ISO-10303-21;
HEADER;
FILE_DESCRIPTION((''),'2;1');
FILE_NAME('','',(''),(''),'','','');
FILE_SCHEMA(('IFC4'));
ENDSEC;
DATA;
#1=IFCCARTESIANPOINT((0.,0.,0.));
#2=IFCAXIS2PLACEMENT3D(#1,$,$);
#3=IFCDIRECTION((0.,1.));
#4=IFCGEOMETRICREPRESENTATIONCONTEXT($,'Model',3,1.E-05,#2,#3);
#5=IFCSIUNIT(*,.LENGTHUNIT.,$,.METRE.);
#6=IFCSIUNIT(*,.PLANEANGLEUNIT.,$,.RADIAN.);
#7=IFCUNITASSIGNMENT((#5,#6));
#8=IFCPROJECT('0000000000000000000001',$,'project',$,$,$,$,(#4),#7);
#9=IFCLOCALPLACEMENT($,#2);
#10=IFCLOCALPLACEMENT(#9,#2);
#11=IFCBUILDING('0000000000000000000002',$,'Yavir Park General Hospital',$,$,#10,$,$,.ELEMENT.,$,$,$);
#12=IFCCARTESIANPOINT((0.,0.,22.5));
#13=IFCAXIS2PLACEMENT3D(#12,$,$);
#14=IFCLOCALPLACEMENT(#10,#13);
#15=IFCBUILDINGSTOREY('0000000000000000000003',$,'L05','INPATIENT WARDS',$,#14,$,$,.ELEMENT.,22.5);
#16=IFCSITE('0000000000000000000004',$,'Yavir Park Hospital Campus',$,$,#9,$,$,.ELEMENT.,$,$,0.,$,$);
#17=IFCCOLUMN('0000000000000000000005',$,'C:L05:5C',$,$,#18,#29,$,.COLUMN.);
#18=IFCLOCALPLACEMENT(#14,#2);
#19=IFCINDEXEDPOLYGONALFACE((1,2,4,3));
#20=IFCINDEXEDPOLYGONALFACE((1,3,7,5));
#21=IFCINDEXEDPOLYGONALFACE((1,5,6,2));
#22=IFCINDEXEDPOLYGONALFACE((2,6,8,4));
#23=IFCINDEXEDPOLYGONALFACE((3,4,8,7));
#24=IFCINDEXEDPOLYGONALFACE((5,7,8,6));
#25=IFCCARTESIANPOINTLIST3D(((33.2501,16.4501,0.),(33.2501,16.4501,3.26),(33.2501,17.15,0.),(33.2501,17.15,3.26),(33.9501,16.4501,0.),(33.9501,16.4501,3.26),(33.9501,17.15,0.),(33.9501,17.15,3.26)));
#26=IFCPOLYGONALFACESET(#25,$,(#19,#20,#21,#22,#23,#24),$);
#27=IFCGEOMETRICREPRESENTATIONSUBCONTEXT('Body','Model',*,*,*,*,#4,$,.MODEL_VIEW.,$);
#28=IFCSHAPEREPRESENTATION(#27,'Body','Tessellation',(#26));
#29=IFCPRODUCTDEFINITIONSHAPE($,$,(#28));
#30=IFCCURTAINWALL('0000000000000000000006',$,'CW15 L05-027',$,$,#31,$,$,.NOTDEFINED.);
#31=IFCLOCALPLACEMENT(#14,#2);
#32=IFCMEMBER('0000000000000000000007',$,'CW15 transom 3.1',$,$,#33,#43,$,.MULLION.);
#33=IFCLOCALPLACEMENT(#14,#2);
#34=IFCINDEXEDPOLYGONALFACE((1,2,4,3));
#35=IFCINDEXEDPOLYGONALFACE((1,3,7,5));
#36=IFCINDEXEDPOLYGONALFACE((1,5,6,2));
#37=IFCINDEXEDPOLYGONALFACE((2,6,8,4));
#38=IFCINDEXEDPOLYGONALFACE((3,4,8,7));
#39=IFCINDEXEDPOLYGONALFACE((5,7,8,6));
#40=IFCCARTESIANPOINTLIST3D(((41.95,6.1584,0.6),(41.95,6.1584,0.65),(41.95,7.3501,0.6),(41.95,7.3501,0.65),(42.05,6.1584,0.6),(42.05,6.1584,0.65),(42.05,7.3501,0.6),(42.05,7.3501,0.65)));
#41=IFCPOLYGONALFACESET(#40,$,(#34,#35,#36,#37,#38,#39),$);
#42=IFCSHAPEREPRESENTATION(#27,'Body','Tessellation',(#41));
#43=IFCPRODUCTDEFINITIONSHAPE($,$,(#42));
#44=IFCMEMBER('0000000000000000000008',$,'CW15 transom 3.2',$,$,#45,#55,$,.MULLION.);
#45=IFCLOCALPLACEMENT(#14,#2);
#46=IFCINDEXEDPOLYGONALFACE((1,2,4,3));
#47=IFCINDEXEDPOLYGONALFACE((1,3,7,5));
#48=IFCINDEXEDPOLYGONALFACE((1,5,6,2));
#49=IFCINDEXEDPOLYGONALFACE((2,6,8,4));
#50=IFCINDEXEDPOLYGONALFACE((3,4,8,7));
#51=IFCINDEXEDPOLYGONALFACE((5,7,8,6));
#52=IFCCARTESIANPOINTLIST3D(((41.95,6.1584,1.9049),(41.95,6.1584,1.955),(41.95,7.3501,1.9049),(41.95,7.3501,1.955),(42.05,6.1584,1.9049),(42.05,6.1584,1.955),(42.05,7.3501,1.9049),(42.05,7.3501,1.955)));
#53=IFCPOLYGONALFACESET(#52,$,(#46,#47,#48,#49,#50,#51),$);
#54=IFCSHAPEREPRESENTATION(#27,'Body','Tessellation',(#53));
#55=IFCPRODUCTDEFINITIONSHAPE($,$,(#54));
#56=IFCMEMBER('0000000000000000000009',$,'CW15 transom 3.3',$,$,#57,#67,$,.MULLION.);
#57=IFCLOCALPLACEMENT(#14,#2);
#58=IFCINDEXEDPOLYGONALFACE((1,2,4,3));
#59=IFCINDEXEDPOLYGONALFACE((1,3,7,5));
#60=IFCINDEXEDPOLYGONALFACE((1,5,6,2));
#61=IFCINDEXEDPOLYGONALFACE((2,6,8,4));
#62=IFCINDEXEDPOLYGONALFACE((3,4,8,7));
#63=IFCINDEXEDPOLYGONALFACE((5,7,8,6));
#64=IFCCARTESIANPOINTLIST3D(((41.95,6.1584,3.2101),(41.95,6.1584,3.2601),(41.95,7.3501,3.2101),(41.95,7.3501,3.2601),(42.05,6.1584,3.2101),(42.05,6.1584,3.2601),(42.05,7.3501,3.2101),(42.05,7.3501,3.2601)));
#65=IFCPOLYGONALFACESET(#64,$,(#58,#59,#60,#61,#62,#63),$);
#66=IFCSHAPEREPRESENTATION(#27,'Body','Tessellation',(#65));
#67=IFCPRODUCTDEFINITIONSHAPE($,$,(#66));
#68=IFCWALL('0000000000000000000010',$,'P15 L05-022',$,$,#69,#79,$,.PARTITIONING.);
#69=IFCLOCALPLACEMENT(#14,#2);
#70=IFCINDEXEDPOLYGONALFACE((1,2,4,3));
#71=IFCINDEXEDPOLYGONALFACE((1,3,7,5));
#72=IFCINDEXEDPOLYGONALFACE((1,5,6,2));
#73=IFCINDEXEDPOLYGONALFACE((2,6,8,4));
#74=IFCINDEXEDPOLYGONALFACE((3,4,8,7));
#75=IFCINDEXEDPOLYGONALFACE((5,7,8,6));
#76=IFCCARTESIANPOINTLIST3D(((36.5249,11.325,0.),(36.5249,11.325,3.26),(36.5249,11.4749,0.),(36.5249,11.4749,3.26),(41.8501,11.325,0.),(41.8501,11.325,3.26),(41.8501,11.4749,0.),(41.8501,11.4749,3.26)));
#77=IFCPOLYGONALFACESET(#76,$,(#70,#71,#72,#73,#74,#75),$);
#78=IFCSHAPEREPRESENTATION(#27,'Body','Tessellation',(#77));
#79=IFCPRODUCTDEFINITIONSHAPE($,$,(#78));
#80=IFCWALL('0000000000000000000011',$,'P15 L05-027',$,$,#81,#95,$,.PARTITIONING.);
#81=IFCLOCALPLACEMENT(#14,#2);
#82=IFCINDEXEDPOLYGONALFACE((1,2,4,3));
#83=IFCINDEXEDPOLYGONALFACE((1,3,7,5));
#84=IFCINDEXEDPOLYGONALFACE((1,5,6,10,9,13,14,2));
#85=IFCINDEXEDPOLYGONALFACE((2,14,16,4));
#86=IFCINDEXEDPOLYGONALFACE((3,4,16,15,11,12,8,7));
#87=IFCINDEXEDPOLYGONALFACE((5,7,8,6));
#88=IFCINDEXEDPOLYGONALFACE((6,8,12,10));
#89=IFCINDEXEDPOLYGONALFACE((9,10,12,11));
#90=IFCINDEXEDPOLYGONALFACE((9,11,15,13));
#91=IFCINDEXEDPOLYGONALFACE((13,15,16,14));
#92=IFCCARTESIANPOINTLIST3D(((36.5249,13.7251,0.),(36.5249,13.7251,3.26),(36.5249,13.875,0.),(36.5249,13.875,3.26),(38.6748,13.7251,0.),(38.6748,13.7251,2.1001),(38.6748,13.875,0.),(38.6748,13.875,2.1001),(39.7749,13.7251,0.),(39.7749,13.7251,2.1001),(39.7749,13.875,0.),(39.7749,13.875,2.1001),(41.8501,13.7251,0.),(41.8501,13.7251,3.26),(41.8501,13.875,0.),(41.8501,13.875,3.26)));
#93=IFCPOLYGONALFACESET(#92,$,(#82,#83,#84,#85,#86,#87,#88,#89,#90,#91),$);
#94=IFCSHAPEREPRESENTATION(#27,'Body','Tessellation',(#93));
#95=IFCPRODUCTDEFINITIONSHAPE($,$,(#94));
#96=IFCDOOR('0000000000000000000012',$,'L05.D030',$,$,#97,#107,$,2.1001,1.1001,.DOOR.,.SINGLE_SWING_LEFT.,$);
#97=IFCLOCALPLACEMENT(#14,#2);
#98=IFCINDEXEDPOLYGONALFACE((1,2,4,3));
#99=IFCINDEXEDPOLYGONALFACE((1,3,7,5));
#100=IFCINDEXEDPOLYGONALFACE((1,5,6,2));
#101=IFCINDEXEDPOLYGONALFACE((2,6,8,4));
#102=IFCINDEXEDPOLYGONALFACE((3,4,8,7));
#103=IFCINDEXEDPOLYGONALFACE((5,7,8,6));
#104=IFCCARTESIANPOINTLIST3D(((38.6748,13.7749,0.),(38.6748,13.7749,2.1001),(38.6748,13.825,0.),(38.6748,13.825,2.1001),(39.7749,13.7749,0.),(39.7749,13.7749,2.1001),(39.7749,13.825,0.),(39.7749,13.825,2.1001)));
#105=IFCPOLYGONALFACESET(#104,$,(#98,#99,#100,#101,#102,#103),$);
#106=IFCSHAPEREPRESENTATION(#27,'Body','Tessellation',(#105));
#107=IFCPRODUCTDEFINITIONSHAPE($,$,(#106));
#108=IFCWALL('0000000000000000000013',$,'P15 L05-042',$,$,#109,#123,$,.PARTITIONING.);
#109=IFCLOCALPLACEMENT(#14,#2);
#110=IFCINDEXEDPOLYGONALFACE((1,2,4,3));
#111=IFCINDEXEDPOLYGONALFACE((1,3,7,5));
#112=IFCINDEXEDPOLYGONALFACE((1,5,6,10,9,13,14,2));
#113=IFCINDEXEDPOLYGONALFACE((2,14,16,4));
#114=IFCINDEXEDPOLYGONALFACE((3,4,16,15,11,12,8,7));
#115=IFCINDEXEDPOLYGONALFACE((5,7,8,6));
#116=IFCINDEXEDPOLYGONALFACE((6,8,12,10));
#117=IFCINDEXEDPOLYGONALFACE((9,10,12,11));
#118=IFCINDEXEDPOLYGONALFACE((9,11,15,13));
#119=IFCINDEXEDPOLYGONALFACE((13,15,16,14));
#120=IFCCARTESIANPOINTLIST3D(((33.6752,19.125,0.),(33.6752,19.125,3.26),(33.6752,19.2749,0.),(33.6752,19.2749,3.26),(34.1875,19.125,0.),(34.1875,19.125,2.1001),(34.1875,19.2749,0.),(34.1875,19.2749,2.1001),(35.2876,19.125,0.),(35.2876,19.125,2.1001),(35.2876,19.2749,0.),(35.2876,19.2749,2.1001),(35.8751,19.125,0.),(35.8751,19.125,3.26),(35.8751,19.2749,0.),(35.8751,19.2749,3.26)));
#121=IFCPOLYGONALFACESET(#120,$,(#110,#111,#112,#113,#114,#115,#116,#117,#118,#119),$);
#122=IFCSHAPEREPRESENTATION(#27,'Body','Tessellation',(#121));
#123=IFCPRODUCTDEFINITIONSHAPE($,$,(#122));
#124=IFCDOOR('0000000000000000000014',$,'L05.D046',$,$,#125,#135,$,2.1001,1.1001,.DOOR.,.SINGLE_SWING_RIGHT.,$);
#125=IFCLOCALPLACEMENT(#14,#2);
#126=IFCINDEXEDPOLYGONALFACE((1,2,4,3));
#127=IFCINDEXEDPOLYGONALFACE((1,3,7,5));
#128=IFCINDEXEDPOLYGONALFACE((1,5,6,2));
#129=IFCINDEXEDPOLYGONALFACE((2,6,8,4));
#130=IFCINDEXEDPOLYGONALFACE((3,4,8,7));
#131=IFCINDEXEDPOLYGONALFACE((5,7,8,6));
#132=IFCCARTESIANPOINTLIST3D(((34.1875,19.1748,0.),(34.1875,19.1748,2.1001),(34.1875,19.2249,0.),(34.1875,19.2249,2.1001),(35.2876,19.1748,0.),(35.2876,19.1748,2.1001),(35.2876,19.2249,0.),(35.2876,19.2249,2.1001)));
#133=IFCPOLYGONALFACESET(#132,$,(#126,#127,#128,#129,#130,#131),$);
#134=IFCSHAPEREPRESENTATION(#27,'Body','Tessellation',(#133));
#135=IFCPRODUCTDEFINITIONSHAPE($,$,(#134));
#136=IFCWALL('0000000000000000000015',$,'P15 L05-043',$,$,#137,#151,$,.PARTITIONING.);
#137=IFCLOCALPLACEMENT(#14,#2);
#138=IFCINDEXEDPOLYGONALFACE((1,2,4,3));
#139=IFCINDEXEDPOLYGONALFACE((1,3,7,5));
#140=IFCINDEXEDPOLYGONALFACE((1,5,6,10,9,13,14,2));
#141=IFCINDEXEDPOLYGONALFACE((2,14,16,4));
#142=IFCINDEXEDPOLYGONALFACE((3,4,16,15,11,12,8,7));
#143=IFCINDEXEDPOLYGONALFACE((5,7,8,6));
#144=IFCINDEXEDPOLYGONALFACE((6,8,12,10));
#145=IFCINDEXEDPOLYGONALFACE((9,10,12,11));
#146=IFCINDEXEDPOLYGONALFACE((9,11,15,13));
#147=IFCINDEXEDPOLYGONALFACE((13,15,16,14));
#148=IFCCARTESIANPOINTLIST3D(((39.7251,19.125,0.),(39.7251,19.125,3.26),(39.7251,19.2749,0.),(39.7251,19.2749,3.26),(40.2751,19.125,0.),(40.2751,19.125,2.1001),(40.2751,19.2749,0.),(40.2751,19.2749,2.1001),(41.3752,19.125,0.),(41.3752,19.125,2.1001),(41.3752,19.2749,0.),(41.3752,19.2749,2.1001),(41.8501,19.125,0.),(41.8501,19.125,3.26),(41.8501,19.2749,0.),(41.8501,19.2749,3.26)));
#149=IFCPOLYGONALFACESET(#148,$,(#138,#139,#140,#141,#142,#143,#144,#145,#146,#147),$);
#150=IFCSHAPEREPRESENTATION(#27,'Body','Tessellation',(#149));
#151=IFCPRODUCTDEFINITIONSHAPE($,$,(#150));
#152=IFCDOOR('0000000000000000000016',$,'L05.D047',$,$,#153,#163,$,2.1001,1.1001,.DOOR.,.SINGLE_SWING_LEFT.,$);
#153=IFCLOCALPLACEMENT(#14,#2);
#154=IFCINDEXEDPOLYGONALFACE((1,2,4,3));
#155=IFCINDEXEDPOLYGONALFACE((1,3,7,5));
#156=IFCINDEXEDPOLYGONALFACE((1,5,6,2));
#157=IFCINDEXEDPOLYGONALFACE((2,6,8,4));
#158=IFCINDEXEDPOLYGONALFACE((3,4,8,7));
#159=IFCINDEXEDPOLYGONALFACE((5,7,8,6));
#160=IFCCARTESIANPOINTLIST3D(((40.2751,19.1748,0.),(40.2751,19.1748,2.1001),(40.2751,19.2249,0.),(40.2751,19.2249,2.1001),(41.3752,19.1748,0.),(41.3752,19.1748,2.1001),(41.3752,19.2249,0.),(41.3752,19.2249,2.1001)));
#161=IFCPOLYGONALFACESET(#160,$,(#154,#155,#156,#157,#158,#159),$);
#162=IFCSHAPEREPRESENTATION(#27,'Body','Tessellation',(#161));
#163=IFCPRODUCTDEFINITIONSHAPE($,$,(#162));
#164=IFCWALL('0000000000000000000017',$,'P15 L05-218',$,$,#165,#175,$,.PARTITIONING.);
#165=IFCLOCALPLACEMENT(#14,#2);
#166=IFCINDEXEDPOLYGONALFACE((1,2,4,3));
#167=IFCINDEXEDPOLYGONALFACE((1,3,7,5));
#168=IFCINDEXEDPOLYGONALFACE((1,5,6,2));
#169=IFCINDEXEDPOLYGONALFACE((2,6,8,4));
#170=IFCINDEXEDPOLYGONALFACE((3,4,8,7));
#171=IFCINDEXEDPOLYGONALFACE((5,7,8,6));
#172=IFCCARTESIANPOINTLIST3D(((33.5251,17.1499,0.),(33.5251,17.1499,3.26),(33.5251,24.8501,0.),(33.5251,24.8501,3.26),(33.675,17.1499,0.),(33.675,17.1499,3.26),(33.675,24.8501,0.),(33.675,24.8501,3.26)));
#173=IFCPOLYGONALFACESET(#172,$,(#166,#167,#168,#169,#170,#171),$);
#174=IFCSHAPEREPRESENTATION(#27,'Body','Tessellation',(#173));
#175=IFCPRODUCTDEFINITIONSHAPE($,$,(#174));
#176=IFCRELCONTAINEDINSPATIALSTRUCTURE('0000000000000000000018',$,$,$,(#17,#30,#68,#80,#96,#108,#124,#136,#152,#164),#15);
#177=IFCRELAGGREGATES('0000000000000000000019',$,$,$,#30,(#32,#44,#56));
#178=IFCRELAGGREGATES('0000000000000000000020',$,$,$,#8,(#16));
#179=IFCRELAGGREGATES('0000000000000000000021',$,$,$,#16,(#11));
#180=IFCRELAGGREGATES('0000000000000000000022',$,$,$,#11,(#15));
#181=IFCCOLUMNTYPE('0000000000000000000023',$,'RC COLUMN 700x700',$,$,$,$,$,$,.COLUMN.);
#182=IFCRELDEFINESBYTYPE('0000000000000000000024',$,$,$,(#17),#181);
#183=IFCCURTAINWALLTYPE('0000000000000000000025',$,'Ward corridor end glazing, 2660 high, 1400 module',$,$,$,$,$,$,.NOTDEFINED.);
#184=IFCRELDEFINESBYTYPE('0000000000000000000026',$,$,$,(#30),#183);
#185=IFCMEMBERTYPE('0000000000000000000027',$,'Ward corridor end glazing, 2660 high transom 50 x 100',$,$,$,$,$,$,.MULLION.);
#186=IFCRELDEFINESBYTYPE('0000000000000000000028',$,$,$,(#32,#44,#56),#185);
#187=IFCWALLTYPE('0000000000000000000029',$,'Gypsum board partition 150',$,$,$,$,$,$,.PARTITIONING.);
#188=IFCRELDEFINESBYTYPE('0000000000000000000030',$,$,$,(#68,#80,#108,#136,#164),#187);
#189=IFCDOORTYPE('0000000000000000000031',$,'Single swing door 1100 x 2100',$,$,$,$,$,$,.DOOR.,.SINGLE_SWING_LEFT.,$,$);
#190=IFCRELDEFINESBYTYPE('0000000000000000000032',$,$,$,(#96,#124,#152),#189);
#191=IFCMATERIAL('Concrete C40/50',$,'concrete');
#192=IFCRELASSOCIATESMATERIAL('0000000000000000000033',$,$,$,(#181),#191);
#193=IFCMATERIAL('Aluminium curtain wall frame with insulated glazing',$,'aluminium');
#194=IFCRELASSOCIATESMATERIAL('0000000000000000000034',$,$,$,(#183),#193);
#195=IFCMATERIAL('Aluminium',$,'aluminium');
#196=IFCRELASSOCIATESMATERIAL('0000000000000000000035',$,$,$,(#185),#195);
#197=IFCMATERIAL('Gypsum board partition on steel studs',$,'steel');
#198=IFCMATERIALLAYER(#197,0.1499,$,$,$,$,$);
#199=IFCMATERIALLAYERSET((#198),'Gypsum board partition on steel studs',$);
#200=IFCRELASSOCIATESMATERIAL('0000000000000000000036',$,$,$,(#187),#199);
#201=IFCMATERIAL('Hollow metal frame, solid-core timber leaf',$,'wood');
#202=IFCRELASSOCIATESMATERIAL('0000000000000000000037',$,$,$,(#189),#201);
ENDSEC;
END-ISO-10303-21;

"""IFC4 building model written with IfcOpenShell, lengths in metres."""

from ifc_helpers import new_model, si_unit, direction, frame, frame_2d, origin, origin_2d, place, context, subcontext, project, spatial, rectangle, extrude, material, layer, layer_set, material_profile, profile_set, type_object, element, fill, aggregate, save


model = new_model("IFC4")

# Units and contexts
model_context = context("Model", 3, precision=1e-05, world=origin(), true_north=direction((0.0, 1.0)))
body_context = subcontext(model_context, "Body", "Model", "MODEL_VIEW")
ifc_project = project(units=[si_unit("LENGTHUNIT", "METRE"), si_unit("PLANEANGLEUNIT", "RADIAN")], contexts=[model_context])

# Site, building, storey
site_placement = place(None, origin())
site = spatial("IfcSite", under=ifc_project, at=site_placement, Name="Yavir Park Hospital Campus", CompositionType="ELEMENT", RefElevation=0.0)
building_placement = place(site_placement, origin())
building = spatial("IfcBuilding", under=site, at=building_placement, Name="Yavir Park General Hospital", CompositionType="ELEMENT")
storey_placement = place(building_placement, frame((0.0, 0.0, 22.5)))
storey = spatial("IfcBuildingStorey", under=building, at=storey_placement, Name="L05", Description="INPATIENT WARDS", CompositionType="ELEMENT", Elevation=22.5)

# Column
ifc_material_1 = material(Name="Concrete C40/50", Category="concrete")
ifc_material_profile_1 = material_profile(ifc_material_1, rectangle(XDim=0.7, YDim=0.7, at=origin_2d()), Name="RC700x700")
ifc_profile_set_1 = profile_set([ifc_material_profile_1], Name="Concrete C40/50")
column_type = type_object("IfcColumnType", Name="RC COLUMN 700x700", PredefinedType="COLUMN", material=ifc_profile_set_1)
column_placement = place(storey_placement, frame((33.6001, 16.8, 0.0), z_axis=(0.0, 0.0, 1.0), x_axis=(1.0, 0.0, 0.0)))
element("IfcColumn", 1, at=column_placement, inside=storey, type_object=column_type, Name="C:L05:5C", PredefinedType="COLUMN", context=body_context, shape_type="SweptSolid", body=[
    extrude(rectangle(XDim=0.7, YDim=0.7, at=origin_2d()), origin(), (0.0, 0.0, 1.0), 3.26),
])

# Curtain wall, members
ifc_material_2 = material(Name="Aluminium curtain wall frame with insulated glazing", Category="aluminium")
curtain_wall_type = type_object("IfcCurtainWallType", Name="Ward corridor end glazing, 2660 high, 1400 module", PredefinedType="NOTDEFINED", material=ifc_material_2)
curtain_wall_placement = place(storey_placement, origin())
curtain_wall = element("IfcCurtainWall", 2, at=curtain_wall_placement, inside=storey, type_object=curtain_wall_type, Name="CW15 L05-027", PredefinedType="NOTDEFINED")
ifc_material_3 = material(Name="Aluminium", Category="aluminium")
ifc_material_profile_2 = material_profile(ifc_material_3, rectangle(XDim=0.1001, YDim=0.05, at=origin_2d()), Name="AL 100x50")
ifc_profile_set_2 = profile_set([ifc_material_profile_2], Name="Aluminium")
member_type = type_object("IfcMemberType", Name="Ward corridor end glazing, 2660 high transom 50 x 100", PredefinedType="MULLION", material=ifc_profile_set_2)
member_1_placement = place(storey_placement, frame((42.0, 6.1584, 0.625), z_axis=(0.0, 1.0, 0.0), x_axis=(-1.0, 0.0, 0.0)))
member_1 = element("IfcMember", 3, at=member_1_placement, type_object=member_type, Name="CW15 transom 3.1", PredefinedType="MULLION", context=body_context, shape_type="SweptSolid", body=[
    extrude(rectangle(XDim=0.1001, YDim=0.05, at=origin_2d()), origin(), (0.0, 0.0, 1.0), 1.1917),
])
member_2_placement = place(storey_placement, frame((42.0, 6.1584, 1.9299), z_axis=(0.0, 1.0, 0.0), x_axis=(-1.0, 0.0, 0.0)))
member_2 = element("IfcMember", 4, at=member_2_placement, type_object=member_type, Name="CW15 transom 3.2", PredefinedType="MULLION", context=body_context, shape_type="SweptSolid", body=[
    extrude(rectangle(XDim=0.1001, YDim=0.05, at=origin_2d()), origin(), (0.0, 0.0, 1.0), 1.1917),
])
member_3_placement = place(storey_placement, frame((42.0, 6.1584, 3.2351), z_axis=(0.0, 1.0, 0.0), x_axis=(-1.0, 0.0, 0.0)))
member_3 = element("IfcMember", 5, at=member_3_placement, type_object=member_type, Name="CW15 transom 3.3", PredefinedType="MULLION", context=body_context, shape_type="SweptSolid", body=[
    extrude(rectangle(XDim=0.1001, YDim=0.05, at=origin_2d()), origin(), (0.0, 0.0, 1.0), 1.1917),
])
aggregate(curtain_wall, [member_1, member_2, member_3])

# Wall
ifc_material_4 = material(Name="Gypsum board partition on steel studs", Category="steel")
ifc_layer_1 = layer(ifc_material_4, 0.1499)
ifc_layer_set_1 = layer_set([ifc_layer_1], Name="Gypsum board partition on steel studs")
wall_type_1 = type_object("IfcWallType", Name="Gypsum board partition 150", PredefinedType="PARTITIONING", material=ifc_layer_set_1)
wall_1_placement = place(storey_placement, frame((36.5249, 11.3999, 0.0), z_axis=(0.0, 0.0, 1.0), x_axis=(1.0, 0.0, 0.0)))
element("IfcWall", 6, at=wall_1_placement, inside=storey, type_object=wall_type_1, Name="P15 L05-022", PredefinedType="PARTITIONING", context=body_context, shape_type="SweptSolid", body=[
    extrude(rectangle(XDim=5.3252, YDim=0.1499, at=frame_2d((2.6626, 0.0))), origin(), (0.0, 0.0, 1.0), 3.26),
])

# Wall, opening, door
wall_2_placement = place(storey_placement, frame((36.5249, 13.8, 0.0), z_axis=(0.0, 0.0, 1.0), x_axis=(1.0, 0.0, 0.0)))
wall_2 = element("IfcWall", 7, at=wall_2_placement, inside=storey, type_object=wall_type_1, Name="P15 L05-027", PredefinedType="PARTITIONING", context=body_context, shape_type="SweptSolid", body=[
    extrude(rectangle(XDim=5.3252, YDim=0.1499, at=frame_2d((2.6626, 0.0))), origin(), (0.0, 0.0, 1.0), 3.26),
])
opening_1_placement = place(wall_2_placement, frame((2.1499, 0.0, 0.0)))
opening_1 = element("IfcOpeningElement", 8, at=opening_1_placement, cuts=wall_2, PredefinedType="OPENING", context=body_context, shape_type="SweptSolid", body=[
    extrude(rectangle(XDim=1.1001, YDim=2.1001, at=frame_2d((0.55, 1.05))), frame((0.0, 0.085, 0.0), z_axis=(0.0, -1.0, 0.0), x_axis=(1.0, 0.0, 0.0)), (0.0, 0.0, 1.0), 0.1699),
])
ifc_material_5 = material(Name="Hollow metal frame, solid-core timber leaf", Category="wood")
door_type_1 = type_object("IfcDoorType", Name="Single swing door 1100 x 2100", OperationType="SINGLE_SWING_LEFT", PredefinedType="DOOR", material=ifc_material_5)
door_1_placement = place(opening_1_placement, origin())
door_1 = element("IfcDoor", 9, at=door_1_placement, inside=storey, type_object=door_type_1, Name="L05.D030", OperationType="SINGLE_SWING_LEFT", OverallHeight=2.1001, OverallWidth=1.1001, PredefinedType="DOOR", context=body_context, shape_type="SweptSolid", body=[
    extrude(rectangle(XDim=1.1001, YDim=2.1001, at=frame_2d((0.55, 1.05))), frame((0.0, 0.0249, 0.0), z_axis=(0.0, -1.0, 0.0), x_axis=(1.0, 0.0, 0.0)), (0.0, 0.0, 1.0), 0.05),
])
fill(opening_1, door_1)

# Walls, openings, doors
wall_3_placement = place(storey_placement, frame((33.675, 19.2, 0.0), z_axis=(0.0, 0.0, 1.0), x_axis=(1.0, 0.0, 0.0)))
wall_3 = element("IfcWall", 10, at=wall_3_placement, inside=storey, type_object=wall_type_1, Name="P15 L05-042", PredefinedType="PARTITIONING", context=body_context, shape_type="SweptSolid", body=[
    extrude(rectangle(XDim=2.2, YDim=0.1499, at=frame_2d((1.1001, 0.0))), origin(), (0.0, 0.0, 1.0), 3.26),
])
opening_2_placement = place(wall_3_placement, frame((0.5125, 0.0, 0.0)))
opening_2 = element("IfcOpeningElement", 11, at=opening_2_placement, cuts=wall_3, PredefinedType="OPENING", context=body_context, shape_type="SweptSolid", body=[
    extrude(rectangle(XDim=1.1001, YDim=2.1001, at=frame_2d((0.55, 1.05))), frame((0.0, 0.085, 0.0), z_axis=(0.0, -1.0, 0.0), x_axis=(1.0, 0.0, 0.0)), (0.0, 0.0, 1.0), 0.1699),
])
door_2_placement = place(opening_2_placement, origin())
door_2 = element("IfcDoor", 12, at=door_2_placement, inside=storey, type_object=door_type_1, Name="L05.D046", OperationType="SINGLE_SWING_RIGHT", OverallHeight=2.1001, OverallWidth=1.1001, PredefinedType="DOOR", context=body_context, shape_type="SweptSolid", body=[
    extrude(rectangle(XDim=1.1001, YDim=2.1001, at=frame_2d((0.55, 1.05))), frame((0.0, 0.0249, 0.0), z_axis=(0.0, -1.0, 0.0), x_axis=(1.0, 0.0, 0.0)), (0.0, 0.0, 1.0), 0.05),
])
fill(opening_2, door_2)
wall_4_placement = place(storey_placement, frame((39.7251, 19.2, 0.0), z_axis=(0.0, 0.0, 1.0), x_axis=(1.0, 0.0, 0.0)))
wall_4 = element("IfcWall", 13, at=wall_4_placement, inside=storey, type_object=wall_type_1, Name="P15 L05-043", PredefinedType="PARTITIONING", context=body_context, shape_type="SweptSolid", body=[
    extrude(rectangle(XDim=2.125, YDim=0.1499, at=frame_2d((1.0625, 0.0))), origin(), (0.0, 0.0, 1.0), 3.26),
])
opening_3_placement = place(wall_4_placement, frame((0.55, 0.0, 0.0)))
opening_3 = element("IfcOpeningElement", 14, at=opening_3_placement, cuts=wall_4, PredefinedType="OPENING", context=body_context, shape_type="SweptSolid", body=[
    extrude(rectangle(XDim=1.1001, YDim=2.1001, at=frame_2d((0.55, 1.05))), frame((0.0, 0.085, 0.0), z_axis=(0.0, -1.0, 0.0), x_axis=(1.0, 0.0, 0.0)), (0.0, 0.0, 1.0), 0.1699),
])
door_3_placement = place(opening_3_placement, origin())
door_3 = element("IfcDoor", 15, at=door_3_placement, inside=storey, type_object=door_type_1, Name="L05.D047", OperationType="SINGLE_SWING_LEFT", OverallHeight=2.1001, OverallWidth=1.1001, PredefinedType="DOOR", context=body_context, shape_type="SweptSolid", body=[
    extrude(rectangle(XDim=1.1001, YDim=2.1001, at=frame_2d((0.55, 1.05))), frame((0.0, 0.0249, 0.0), z_axis=(0.0, -1.0, 0.0), x_axis=(1.0, 0.0, 0.0)), (0.0, 0.0, 1.0), 0.05),
])
fill(opening_3, door_3)

# Wall
wall_5_placement = place(storey_placement, frame((33.6001, 17.1499, 0.0), z_axis=(0.0, 0.0, 1.0), x_axis=(0.0, 1.0, 0.0)))
element("IfcWall", 16, at=wall_5_placement, inside=storey, type_object=wall_type_1, Name="P15 L05-218", PredefinedType="PARTITIONING", context=body_context, shape_type="SweptSolid", body=[
    extrude(rectangle(XDim=7.7002, YDim=0.1499, at=frame_2d((3.8501, 0.0))), origin(), (0.0, 0.0, 1.0), 3.26),
])

save(model, "model.ifc")
